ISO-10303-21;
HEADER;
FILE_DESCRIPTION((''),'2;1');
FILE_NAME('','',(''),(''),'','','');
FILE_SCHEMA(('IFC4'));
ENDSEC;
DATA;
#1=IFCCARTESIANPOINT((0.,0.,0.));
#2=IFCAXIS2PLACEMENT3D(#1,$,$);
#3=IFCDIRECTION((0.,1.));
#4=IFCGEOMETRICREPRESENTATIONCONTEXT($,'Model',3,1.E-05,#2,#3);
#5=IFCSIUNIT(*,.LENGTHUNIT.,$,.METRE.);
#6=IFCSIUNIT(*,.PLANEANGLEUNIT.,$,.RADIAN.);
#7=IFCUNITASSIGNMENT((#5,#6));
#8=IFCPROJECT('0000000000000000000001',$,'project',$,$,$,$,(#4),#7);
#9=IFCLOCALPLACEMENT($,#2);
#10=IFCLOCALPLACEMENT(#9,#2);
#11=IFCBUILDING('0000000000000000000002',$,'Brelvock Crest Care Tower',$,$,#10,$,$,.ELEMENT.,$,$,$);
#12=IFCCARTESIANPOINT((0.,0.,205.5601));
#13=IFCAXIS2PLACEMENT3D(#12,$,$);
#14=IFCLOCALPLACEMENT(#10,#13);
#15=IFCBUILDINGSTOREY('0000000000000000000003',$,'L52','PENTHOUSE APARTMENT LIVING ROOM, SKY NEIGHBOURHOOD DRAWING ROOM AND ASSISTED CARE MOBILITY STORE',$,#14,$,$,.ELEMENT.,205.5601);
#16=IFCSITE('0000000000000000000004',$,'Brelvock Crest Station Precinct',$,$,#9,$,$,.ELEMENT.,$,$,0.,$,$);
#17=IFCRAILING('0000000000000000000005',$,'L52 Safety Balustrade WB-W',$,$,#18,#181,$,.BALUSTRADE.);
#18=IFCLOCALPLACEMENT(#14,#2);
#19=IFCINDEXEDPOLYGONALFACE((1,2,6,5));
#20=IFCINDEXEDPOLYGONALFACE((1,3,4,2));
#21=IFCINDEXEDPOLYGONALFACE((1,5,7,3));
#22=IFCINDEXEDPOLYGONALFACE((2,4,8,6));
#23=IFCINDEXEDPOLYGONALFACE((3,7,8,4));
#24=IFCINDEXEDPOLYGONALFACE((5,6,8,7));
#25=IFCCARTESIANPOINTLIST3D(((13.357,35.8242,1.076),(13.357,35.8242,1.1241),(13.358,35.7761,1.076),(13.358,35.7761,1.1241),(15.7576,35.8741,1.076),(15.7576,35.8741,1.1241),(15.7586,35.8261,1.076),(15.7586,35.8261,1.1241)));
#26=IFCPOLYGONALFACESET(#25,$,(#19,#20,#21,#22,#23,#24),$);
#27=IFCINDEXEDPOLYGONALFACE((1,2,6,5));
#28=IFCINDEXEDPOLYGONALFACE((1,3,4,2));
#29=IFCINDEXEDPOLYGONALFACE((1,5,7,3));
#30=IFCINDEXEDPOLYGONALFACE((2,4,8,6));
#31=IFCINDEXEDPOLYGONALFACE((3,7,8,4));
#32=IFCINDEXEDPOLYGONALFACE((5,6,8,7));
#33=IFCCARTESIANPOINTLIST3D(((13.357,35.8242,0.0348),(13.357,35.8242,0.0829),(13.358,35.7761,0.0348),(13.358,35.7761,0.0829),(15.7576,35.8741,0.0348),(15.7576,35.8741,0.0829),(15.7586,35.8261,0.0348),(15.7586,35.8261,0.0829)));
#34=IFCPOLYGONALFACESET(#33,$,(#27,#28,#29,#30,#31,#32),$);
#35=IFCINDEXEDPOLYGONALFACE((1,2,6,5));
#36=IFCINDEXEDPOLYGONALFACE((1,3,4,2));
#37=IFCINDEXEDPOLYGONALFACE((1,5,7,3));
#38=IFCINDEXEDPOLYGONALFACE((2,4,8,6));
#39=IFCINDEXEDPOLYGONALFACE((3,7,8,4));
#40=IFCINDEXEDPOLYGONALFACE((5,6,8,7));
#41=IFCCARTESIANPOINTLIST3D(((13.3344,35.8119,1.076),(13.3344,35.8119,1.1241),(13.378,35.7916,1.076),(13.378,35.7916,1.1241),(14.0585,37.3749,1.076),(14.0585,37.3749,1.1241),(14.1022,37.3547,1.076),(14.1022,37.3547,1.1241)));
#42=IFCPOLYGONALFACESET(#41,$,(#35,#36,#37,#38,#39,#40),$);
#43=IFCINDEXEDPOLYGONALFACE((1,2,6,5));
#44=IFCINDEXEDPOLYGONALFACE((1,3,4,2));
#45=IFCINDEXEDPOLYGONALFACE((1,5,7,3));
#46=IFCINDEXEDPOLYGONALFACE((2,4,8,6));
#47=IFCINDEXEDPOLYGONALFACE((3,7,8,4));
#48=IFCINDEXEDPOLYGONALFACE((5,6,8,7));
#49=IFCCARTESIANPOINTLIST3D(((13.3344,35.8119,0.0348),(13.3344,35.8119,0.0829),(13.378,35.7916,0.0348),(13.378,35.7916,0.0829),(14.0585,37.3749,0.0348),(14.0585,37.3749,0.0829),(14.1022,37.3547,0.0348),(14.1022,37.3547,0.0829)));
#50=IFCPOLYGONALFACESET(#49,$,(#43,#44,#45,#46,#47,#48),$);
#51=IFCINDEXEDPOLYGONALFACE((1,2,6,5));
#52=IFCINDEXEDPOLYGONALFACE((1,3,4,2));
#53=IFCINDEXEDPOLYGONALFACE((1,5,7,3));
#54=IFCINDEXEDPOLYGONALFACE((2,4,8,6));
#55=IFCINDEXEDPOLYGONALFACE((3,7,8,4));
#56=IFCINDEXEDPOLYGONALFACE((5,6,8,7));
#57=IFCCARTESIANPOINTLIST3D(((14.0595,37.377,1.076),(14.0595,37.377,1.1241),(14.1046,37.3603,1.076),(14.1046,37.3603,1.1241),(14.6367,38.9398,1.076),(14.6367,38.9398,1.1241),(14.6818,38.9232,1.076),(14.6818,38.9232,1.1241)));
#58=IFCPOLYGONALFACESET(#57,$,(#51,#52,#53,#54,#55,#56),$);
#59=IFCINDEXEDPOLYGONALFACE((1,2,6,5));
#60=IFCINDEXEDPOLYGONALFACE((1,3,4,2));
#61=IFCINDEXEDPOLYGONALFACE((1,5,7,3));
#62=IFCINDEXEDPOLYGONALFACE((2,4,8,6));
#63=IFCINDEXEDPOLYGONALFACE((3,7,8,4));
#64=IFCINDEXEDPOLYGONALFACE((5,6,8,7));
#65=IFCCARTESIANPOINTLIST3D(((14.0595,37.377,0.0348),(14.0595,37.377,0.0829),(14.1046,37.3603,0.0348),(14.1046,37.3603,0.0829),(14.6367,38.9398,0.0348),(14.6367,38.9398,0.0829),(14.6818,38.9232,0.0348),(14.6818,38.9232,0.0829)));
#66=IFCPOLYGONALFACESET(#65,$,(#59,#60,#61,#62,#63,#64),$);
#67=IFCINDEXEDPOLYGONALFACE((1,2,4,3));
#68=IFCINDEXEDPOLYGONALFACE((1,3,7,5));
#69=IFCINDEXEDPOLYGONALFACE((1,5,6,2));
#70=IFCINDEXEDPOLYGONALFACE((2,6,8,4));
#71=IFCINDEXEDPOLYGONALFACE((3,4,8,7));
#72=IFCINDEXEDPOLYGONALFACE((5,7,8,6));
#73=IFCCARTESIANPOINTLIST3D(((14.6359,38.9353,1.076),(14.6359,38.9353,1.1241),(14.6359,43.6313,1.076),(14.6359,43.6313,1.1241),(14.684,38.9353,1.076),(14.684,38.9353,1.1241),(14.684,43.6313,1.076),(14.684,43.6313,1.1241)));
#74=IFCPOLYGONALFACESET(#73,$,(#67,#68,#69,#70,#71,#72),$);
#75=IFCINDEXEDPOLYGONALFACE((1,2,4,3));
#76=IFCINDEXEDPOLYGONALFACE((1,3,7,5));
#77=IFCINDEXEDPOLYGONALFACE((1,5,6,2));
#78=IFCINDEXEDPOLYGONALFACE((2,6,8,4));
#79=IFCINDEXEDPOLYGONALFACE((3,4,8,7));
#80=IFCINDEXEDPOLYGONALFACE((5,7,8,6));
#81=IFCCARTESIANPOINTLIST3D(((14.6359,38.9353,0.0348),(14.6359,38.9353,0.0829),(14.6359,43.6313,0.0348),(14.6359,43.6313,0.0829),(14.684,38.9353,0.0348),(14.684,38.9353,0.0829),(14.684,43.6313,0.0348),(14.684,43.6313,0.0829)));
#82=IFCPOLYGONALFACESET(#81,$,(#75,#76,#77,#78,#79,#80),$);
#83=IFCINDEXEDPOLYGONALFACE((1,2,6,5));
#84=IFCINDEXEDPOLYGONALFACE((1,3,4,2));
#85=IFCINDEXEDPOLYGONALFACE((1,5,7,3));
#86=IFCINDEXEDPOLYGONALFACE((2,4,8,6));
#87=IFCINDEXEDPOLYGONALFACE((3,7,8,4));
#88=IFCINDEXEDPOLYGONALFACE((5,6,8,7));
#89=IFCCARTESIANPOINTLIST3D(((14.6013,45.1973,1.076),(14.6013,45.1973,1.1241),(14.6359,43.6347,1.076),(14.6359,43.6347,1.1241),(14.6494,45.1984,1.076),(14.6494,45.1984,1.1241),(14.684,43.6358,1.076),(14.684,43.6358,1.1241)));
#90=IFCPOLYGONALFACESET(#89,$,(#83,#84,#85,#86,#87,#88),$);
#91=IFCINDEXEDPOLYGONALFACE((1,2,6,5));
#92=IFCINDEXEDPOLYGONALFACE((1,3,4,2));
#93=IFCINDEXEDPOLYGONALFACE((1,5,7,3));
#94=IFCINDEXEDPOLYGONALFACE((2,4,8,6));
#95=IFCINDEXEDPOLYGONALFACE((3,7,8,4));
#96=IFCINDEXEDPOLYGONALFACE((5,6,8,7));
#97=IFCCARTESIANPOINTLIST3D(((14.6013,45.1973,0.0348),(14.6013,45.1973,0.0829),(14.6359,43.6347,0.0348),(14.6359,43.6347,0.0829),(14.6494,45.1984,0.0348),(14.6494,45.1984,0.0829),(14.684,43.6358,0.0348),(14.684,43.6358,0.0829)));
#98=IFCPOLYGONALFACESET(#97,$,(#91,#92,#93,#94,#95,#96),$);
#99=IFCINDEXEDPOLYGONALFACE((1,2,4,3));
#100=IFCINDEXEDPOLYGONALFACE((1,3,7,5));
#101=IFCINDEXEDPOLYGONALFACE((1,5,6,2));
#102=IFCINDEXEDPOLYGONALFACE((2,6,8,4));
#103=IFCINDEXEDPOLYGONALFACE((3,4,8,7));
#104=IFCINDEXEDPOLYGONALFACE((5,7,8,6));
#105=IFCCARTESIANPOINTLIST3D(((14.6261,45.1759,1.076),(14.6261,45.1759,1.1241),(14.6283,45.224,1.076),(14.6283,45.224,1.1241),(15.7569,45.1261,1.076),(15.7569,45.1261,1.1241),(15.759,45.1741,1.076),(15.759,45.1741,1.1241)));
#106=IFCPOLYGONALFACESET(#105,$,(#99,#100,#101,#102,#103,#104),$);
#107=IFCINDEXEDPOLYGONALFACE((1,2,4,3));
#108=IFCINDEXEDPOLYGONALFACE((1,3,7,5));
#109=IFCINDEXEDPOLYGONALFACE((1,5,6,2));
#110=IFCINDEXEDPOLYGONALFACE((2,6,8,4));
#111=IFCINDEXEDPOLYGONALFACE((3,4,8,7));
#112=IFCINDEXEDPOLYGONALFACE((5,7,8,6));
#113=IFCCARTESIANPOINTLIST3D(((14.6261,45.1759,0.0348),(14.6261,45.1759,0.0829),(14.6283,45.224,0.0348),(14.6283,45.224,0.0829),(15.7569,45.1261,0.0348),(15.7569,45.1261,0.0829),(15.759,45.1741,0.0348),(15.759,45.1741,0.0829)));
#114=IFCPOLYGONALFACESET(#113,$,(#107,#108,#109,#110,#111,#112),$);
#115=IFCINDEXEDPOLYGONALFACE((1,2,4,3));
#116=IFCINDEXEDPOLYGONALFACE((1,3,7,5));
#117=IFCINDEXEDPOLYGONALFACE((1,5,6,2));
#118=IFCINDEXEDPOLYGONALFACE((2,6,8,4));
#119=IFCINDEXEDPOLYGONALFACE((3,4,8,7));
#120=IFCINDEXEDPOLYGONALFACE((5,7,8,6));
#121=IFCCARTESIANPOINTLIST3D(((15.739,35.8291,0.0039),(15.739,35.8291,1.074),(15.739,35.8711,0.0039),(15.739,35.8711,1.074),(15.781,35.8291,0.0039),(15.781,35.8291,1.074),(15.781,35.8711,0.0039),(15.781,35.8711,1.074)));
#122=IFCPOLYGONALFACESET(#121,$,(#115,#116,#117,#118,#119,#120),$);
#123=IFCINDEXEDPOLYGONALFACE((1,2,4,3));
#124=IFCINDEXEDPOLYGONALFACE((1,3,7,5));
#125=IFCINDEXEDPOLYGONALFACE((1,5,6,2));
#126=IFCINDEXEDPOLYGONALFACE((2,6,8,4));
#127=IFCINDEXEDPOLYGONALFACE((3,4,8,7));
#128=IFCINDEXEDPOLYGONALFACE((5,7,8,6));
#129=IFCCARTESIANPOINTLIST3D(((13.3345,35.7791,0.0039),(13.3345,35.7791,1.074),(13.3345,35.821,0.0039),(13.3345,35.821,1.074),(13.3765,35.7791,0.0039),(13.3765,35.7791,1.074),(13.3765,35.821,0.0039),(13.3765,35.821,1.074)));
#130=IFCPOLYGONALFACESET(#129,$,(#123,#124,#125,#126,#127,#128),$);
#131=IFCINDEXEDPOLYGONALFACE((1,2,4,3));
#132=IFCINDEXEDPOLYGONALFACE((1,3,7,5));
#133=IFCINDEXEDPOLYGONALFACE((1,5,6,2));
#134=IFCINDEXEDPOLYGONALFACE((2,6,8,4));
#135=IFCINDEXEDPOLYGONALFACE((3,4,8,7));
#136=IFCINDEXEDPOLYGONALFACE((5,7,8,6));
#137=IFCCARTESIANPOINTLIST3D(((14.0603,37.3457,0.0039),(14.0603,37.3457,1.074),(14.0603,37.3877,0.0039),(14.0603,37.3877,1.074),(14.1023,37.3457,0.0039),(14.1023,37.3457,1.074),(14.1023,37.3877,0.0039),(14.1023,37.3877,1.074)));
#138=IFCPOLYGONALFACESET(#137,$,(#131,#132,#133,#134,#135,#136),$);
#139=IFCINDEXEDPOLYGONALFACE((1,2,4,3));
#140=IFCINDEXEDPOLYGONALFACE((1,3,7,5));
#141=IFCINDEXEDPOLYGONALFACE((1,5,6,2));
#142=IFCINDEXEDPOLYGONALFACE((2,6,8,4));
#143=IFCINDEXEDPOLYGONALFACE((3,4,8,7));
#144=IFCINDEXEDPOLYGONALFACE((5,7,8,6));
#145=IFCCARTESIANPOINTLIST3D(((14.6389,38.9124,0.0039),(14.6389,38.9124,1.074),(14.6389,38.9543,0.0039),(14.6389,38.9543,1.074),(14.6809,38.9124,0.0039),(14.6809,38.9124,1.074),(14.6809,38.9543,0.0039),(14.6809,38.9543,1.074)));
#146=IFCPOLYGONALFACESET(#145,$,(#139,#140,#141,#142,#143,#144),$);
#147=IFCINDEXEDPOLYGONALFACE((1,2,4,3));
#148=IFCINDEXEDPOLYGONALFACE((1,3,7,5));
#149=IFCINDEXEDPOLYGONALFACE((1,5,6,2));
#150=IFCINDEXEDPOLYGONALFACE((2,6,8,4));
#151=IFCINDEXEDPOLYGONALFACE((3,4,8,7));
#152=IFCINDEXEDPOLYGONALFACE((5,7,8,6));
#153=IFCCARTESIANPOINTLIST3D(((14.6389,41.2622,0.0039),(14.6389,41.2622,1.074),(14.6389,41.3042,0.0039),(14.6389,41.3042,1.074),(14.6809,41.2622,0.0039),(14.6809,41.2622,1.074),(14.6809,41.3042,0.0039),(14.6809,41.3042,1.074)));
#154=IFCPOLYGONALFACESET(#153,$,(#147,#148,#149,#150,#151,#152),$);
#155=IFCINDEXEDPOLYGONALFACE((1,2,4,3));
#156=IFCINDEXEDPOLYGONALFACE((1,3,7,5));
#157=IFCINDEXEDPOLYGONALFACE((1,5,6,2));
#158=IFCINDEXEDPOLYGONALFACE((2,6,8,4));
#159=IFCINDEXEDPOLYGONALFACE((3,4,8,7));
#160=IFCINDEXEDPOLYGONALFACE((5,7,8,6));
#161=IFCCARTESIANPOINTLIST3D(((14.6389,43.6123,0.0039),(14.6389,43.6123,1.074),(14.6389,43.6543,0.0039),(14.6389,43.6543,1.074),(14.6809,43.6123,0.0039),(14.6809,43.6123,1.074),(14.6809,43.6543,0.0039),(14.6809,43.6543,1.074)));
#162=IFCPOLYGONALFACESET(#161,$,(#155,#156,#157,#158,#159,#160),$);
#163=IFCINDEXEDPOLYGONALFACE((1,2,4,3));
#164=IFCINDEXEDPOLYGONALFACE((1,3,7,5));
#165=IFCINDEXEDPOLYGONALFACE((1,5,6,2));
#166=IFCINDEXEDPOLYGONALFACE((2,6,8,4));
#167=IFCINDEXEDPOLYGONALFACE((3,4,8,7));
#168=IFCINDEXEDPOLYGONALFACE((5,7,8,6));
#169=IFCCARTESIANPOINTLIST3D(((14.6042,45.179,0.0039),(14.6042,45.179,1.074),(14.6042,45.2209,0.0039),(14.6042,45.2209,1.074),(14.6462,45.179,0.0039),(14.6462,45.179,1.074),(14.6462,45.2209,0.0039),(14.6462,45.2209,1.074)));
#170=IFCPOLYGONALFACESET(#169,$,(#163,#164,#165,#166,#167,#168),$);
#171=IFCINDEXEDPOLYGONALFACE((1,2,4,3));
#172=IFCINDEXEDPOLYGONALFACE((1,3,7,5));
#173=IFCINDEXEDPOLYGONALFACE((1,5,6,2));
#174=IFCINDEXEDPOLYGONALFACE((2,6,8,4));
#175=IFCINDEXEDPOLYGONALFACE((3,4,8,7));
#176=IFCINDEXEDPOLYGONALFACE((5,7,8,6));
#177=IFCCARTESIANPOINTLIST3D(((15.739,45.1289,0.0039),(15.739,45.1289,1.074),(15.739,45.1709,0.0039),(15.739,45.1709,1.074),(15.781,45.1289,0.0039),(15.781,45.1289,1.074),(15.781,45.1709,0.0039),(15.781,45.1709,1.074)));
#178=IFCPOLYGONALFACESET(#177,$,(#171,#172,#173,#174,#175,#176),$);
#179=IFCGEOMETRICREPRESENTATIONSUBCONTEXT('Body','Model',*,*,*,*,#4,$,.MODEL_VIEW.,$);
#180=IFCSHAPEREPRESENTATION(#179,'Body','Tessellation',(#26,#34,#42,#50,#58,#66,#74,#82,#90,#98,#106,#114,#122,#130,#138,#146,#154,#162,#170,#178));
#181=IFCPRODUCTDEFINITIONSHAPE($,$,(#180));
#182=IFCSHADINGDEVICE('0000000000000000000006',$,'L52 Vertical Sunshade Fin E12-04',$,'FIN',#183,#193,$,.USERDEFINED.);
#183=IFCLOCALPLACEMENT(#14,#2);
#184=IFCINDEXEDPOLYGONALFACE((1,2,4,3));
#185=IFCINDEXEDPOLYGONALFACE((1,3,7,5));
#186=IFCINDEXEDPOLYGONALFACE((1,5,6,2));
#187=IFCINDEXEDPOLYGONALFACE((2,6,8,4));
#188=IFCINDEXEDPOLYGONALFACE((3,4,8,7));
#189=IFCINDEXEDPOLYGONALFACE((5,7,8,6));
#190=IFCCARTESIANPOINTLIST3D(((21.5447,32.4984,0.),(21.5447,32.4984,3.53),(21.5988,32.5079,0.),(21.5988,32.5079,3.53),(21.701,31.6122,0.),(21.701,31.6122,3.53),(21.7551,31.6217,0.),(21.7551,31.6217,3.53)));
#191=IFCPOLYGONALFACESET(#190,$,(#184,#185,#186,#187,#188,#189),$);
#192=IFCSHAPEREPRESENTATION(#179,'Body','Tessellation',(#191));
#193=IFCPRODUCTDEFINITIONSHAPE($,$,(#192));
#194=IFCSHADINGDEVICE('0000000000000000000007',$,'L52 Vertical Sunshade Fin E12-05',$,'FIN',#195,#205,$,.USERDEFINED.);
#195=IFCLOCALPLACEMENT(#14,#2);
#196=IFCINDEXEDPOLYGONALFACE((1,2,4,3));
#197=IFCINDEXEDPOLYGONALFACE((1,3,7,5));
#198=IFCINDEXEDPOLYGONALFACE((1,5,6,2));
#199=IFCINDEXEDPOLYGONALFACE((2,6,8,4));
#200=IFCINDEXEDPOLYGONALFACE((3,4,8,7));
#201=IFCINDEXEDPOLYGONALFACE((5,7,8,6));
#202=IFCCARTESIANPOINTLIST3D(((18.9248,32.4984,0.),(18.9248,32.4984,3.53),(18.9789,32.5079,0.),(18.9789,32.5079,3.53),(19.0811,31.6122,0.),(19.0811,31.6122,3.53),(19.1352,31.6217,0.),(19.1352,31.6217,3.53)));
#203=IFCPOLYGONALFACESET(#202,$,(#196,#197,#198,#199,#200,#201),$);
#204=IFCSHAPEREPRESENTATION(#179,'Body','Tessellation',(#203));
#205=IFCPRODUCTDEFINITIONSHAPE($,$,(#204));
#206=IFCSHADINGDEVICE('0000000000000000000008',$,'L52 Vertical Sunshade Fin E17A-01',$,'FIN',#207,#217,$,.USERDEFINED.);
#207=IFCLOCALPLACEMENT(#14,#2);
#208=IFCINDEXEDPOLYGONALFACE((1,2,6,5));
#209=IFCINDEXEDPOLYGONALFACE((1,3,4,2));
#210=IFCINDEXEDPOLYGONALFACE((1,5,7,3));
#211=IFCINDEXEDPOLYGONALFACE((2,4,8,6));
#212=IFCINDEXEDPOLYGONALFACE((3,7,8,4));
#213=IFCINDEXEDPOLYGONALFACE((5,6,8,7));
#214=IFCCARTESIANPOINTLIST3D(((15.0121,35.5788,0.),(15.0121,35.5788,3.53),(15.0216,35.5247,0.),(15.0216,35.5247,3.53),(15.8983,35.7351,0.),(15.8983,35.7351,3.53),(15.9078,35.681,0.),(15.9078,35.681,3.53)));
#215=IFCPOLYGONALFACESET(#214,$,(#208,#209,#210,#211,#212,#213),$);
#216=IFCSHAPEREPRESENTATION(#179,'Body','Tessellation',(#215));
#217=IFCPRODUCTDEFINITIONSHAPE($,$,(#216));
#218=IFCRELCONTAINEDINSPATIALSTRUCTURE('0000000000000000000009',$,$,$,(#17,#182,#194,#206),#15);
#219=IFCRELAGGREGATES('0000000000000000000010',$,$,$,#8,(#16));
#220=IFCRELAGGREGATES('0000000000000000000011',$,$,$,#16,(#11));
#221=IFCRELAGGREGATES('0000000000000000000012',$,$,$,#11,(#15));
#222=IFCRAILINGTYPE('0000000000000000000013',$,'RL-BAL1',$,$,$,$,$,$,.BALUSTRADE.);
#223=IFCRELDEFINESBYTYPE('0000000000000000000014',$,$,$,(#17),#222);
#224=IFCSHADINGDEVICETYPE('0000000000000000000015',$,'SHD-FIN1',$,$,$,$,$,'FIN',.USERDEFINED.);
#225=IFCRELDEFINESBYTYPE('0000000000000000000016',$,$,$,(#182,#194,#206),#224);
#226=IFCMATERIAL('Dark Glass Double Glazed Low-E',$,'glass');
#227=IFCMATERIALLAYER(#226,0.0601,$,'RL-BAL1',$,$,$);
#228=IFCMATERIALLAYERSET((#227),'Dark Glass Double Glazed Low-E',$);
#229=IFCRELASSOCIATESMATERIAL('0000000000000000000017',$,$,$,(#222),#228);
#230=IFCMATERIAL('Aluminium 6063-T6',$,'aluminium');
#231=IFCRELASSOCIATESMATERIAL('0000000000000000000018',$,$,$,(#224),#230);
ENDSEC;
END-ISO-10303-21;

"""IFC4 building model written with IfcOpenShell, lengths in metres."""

from ifc_helpers import new_model, si_unit, direction, frame, origin, origin_2d, place, context, subcontext, project, spatial, rectangle, extrude, source, transform, mapped, material, layer, layer_set, material_profile, profile_set, type_object, element, save


model = new_model("IFC4")

# Units and contexts
model_context = context("Model", 3, precision=1e-05, world=origin(), true_north=direction((0.0, 1.0)))
body_context = subcontext(model_context, "Body", "Model", "MODEL_VIEW")
ifc_project = project(units=[si_unit("LENGTHUNIT", "METRE"), si_unit("PLANEANGLEUNIT", "RADIAN")], contexts=[model_context])

# Site, building, storey
site_placement = place(None, origin())
site = spatial("IfcSite", under=ifc_project, at=site_placement, Name="Brelvock Crest Station Precinct", CompositionType="ELEMENT", RefElevation=0.0)
building_placement = place(site_placement, origin())
building = spatial("IfcBuilding", under=site, at=building_placement, Name="Brelvock Crest Care Tower", CompositionType="ELEMENT")
storey_placement = place(building_placement, frame((0.0, 0.0, 205.5601)))
storey = spatial("IfcBuildingStorey", under=building, at=storey_placement, Name="L52", Description="PENTHOUSE APARTMENT LIVING ROOM, SKY NEIGHBOURHOOD DRAWING ROOM AND ASSISTED CARE MOBILITY STORE", CompositionType="ELEMENT", Elevation=205.5601)

# Shared definitions
ifc_material_1 = material(Name="Dark Glass Double Glazed Low-E", Category="glass")
ifc_material_2 = material(Name="Aluminium 6063-T6", Category="aluminium")

# Railing
ifc_layer_1 = layer(ifc_material_1, 0.0601, Name="RL-BAL1")
ifc_layer_set_1 = layer_set([ifc_layer_1], Name="Dark Glass Double Glazed Low-E")
railing_type = type_object("IfcRailingType", Name="RL-BAL1", PredefinedType="BALUSTRADE", material=ifc_layer_set_1)
railing_placement = place(storey_placement, frame((15.76, 35.8501, 0.0039)))
element("IfcRailing", 1, at=railing_placement, inside=storey, type_object=railing_type, Name="L52 Safety Balustrade WB-W", PredefinedType="BALUSTRADE", context=body_context, shape_type="SweptSolid", body=[
    extrude(rectangle(XDim=0.0481, YDim=0.0481, at=origin_2d()), frame((-0.002, 0.0, 1.0962), z_axis=(-0.999783, -0.02081, 0.0), x_axis=(0.02081, -0.999783, 0.0)), (0.0, 0.0, 1.0), 2.4011),
    extrude(rectangle(XDim=0.0481, YDim=0.0481, at=origin_2d()), frame((-0.002, 0.0, 0.0549), z_axis=(-0.999783, -0.02081, 0.0), x_axis=(0.02081, -0.999783, 0.0)), (0.0, 0.0, 1.0), 2.4011),
    extrude(rectangle(XDim=0.0481, YDim=0.0481, at=origin_2d()), frame((-2.4038, -0.0483, 1.0962), z_axis=(0.420376, 0.90735, 0.0), x_axis=(-0.90735, 0.420376, 0.0)), (0.0, 0.0, 1.0), 1.7227),
    extrude(rectangle(XDim=0.0481, YDim=0.0481, at=origin_2d()), frame((-2.4038, -0.0483, 0.0549), z_axis=(0.420376, 0.90735, 0.0), x_axis=(-0.90735, 0.420376, 0.0)), (0.0, 0.0, 1.0), 1.7227),
    extrude(rectangle(XDim=0.0481, YDim=0.0481, at=origin_2d()), frame((-1.678, 1.5186, 1.0962), z_axis=(0.346457, 0.938066, 0.0), x_axis=(-0.938066, 0.346457, 0.0)), (0.0, 0.0, 1.0), 1.666),
    extrude(rectangle(XDim=0.0481, YDim=0.0481, at=origin_2d()), frame((-1.678, 1.5186, 0.0549), z_axis=(0.346457, 0.938066, 0.0), x_axis=(-0.938066, 0.346457, 0.0)), (0.0, 0.0, 1.0), 1.666),
    extrude(rectangle(XDim=0.0481, YDim=0.0481, at=origin_2d()), frame((-1.1001, 3.0852, 1.0962), z_axis=(0.0, 1.0, 0.0), x_axis=(-1.0, 0.0, 0.0)), (0.0, 0.0, 1.0), 4.696),
    extrude(rectangle(XDim=0.0481, YDim=0.0481, at=origin_2d()), frame((-1.1001, 3.0852, 0.0549), z_axis=(0.0, 1.0, 0.0), x_axis=(-1.0, 0.0, 0.0)), (0.0, 0.0, 1.0), 4.696),
    extrude(rectangle(XDim=0.0481, YDim=0.0481, at=origin_2d()), frame((-1.1001, 7.7852, 1.0962), z_axis=(-0.022123, 0.999755, 0.0), x_axis=(-0.999755, -0.022123, 0.0)), (0.0, 0.0, 1.0), 1.563),
    extrude(rectangle(XDim=0.0481, YDim=0.0481, at=origin_2d()), frame((-1.1001, 7.7852, 0.0549), z_axis=(-0.022123, 0.999755, 0.0), x_axis=(-0.999755, -0.022123, 0.0)), (0.0, 0.0, 1.0), 1.563),
    extrude(rectangle(XDim=0.0481, YDim=0.0481, at=origin_2d()), frame((-1.1328, 9.3499, 1.0962), z_axis=(0.999029, -0.044062, 0.0), x_axis=(0.044062, 0.999029, 0.0)), (0.0, 0.0, 1.0), 1.1318),
    extrude(rectangle(XDim=0.0481, YDim=0.0481, at=origin_2d()), frame((-1.1328, 9.3499, 0.0549), z_axis=(0.999029, -0.044062, 0.0), x_axis=(0.044062, 0.999029, 0.0)), (0.0, 0.0, 1.0), 1.1318),
    extrude(rectangle(XDim=0.042, YDim=0.042, at=origin_2d()), origin(), (0.0, 0.0, 1.0), 1.0701),
    extrude(rectangle(XDim=0.042, YDim=0.042, at=origin_2d()), frame((-2.4045, -0.05, 0.0)), (0.0, 0.0, 1.0), 1.0701),
    extrude(rectangle(XDim=0.042, YDim=0.042, at=origin_2d()), frame((-1.6787, 1.5166, 0.0)), (0.0, 0.0, 1.0), 1.0701),
    extrude(rectangle(XDim=0.042, YDim=0.042, at=origin_2d()), frame((-1.1001, 3.0833, 0.0)), (0.0, 0.0, 1.0), 1.0701),
    extrude(rectangle(XDim=0.042, YDim=0.042, at=origin_2d()), frame((-1.1001, 5.4331, 0.0)), (0.0, 0.0, 1.0), 1.0701),
    extrude(rectangle(XDim=0.042, YDim=0.042, at=origin_2d()), frame((-1.1001, 7.7832, 0.0)), (0.0, 0.0, 1.0), 1.0701),
    extrude(rectangle(XDim=0.042, YDim=0.042, at=origin_2d()), frame((-1.1348, 9.3499, 0.0)), (0.0, 0.0, 1.0), 1.0701),
    extrude(rectangle(XDim=0.042, YDim=0.042, at=origin_2d()), frame((0.0, 9.2998, 0.0)), (0.0, 0.0, 1.0), 1.0701),
])

# Shading devices
ifc_material_profile_1 = material_profile(ifc_material_2, rectangle(XDim=0.0549, YDim=0.8999, at=origin_2d()), Name="FIN55x900")
ifc_profile_set_1 = profile_set([ifc_material_profile_1], Name="Aluminium 6063-T6")
shading_device_type = type_object("IfcShadingDeviceType", Name="SHD-FIN1", ElementType="FIN", PredefinedType="USERDEFINED", material=ifc_profile_set_1)
shared_shape_1 = source(origin(), body_context, "Body", "SweptSolid", [
    extrude(rectangle(XDim=0.0549, YDim=0.8999, at=origin_2d()), origin(), (0.0, 0.0, 1.0), 3.53),
])
for number, where, z_axis, x_axis, name in (
    (2, (21.6499, 32.0601, 0.0), (0.0, 0.0, 1.0), (-0.984808, -0.173648, 0.0), "L52 Vertical Sunshade Fin E12-04"),
    (3, (19.03, 32.0601, 0.0), (0.0, 0.0, 1.0), (-0.984808, -0.173648, 0.0), "L52 Vertical Sunshade Fin E12-05"),
    (4, (15.46, 35.6299, 0.0), (0.0, 0.0, 1.0), (-0.173648, 0.984808, 0.0), "L52 Vertical Sunshade Fin E17A-01"),
):
    element("IfcShadingDevice", number, at=place(storey_placement, frame(where, z_axis=z_axis, x_axis=x_axis)), inside=storey, type_object=shading_device_type, Name=name, ObjectType="FIN", PredefinedType="USERDEFINED", context=body_context, shape_type="MappedRepresentation", body=[
        mapped(shared_shape_1, transform((0.0, 0.0, 0.0), x_axis=(1.0, 0.0, 0.0), y_axis=(0.0, 1.0, 0.0), z_axis=(0.0, 0.0, 1.0), scale=1.0)),
    ])

save(model, "model.ifc")
